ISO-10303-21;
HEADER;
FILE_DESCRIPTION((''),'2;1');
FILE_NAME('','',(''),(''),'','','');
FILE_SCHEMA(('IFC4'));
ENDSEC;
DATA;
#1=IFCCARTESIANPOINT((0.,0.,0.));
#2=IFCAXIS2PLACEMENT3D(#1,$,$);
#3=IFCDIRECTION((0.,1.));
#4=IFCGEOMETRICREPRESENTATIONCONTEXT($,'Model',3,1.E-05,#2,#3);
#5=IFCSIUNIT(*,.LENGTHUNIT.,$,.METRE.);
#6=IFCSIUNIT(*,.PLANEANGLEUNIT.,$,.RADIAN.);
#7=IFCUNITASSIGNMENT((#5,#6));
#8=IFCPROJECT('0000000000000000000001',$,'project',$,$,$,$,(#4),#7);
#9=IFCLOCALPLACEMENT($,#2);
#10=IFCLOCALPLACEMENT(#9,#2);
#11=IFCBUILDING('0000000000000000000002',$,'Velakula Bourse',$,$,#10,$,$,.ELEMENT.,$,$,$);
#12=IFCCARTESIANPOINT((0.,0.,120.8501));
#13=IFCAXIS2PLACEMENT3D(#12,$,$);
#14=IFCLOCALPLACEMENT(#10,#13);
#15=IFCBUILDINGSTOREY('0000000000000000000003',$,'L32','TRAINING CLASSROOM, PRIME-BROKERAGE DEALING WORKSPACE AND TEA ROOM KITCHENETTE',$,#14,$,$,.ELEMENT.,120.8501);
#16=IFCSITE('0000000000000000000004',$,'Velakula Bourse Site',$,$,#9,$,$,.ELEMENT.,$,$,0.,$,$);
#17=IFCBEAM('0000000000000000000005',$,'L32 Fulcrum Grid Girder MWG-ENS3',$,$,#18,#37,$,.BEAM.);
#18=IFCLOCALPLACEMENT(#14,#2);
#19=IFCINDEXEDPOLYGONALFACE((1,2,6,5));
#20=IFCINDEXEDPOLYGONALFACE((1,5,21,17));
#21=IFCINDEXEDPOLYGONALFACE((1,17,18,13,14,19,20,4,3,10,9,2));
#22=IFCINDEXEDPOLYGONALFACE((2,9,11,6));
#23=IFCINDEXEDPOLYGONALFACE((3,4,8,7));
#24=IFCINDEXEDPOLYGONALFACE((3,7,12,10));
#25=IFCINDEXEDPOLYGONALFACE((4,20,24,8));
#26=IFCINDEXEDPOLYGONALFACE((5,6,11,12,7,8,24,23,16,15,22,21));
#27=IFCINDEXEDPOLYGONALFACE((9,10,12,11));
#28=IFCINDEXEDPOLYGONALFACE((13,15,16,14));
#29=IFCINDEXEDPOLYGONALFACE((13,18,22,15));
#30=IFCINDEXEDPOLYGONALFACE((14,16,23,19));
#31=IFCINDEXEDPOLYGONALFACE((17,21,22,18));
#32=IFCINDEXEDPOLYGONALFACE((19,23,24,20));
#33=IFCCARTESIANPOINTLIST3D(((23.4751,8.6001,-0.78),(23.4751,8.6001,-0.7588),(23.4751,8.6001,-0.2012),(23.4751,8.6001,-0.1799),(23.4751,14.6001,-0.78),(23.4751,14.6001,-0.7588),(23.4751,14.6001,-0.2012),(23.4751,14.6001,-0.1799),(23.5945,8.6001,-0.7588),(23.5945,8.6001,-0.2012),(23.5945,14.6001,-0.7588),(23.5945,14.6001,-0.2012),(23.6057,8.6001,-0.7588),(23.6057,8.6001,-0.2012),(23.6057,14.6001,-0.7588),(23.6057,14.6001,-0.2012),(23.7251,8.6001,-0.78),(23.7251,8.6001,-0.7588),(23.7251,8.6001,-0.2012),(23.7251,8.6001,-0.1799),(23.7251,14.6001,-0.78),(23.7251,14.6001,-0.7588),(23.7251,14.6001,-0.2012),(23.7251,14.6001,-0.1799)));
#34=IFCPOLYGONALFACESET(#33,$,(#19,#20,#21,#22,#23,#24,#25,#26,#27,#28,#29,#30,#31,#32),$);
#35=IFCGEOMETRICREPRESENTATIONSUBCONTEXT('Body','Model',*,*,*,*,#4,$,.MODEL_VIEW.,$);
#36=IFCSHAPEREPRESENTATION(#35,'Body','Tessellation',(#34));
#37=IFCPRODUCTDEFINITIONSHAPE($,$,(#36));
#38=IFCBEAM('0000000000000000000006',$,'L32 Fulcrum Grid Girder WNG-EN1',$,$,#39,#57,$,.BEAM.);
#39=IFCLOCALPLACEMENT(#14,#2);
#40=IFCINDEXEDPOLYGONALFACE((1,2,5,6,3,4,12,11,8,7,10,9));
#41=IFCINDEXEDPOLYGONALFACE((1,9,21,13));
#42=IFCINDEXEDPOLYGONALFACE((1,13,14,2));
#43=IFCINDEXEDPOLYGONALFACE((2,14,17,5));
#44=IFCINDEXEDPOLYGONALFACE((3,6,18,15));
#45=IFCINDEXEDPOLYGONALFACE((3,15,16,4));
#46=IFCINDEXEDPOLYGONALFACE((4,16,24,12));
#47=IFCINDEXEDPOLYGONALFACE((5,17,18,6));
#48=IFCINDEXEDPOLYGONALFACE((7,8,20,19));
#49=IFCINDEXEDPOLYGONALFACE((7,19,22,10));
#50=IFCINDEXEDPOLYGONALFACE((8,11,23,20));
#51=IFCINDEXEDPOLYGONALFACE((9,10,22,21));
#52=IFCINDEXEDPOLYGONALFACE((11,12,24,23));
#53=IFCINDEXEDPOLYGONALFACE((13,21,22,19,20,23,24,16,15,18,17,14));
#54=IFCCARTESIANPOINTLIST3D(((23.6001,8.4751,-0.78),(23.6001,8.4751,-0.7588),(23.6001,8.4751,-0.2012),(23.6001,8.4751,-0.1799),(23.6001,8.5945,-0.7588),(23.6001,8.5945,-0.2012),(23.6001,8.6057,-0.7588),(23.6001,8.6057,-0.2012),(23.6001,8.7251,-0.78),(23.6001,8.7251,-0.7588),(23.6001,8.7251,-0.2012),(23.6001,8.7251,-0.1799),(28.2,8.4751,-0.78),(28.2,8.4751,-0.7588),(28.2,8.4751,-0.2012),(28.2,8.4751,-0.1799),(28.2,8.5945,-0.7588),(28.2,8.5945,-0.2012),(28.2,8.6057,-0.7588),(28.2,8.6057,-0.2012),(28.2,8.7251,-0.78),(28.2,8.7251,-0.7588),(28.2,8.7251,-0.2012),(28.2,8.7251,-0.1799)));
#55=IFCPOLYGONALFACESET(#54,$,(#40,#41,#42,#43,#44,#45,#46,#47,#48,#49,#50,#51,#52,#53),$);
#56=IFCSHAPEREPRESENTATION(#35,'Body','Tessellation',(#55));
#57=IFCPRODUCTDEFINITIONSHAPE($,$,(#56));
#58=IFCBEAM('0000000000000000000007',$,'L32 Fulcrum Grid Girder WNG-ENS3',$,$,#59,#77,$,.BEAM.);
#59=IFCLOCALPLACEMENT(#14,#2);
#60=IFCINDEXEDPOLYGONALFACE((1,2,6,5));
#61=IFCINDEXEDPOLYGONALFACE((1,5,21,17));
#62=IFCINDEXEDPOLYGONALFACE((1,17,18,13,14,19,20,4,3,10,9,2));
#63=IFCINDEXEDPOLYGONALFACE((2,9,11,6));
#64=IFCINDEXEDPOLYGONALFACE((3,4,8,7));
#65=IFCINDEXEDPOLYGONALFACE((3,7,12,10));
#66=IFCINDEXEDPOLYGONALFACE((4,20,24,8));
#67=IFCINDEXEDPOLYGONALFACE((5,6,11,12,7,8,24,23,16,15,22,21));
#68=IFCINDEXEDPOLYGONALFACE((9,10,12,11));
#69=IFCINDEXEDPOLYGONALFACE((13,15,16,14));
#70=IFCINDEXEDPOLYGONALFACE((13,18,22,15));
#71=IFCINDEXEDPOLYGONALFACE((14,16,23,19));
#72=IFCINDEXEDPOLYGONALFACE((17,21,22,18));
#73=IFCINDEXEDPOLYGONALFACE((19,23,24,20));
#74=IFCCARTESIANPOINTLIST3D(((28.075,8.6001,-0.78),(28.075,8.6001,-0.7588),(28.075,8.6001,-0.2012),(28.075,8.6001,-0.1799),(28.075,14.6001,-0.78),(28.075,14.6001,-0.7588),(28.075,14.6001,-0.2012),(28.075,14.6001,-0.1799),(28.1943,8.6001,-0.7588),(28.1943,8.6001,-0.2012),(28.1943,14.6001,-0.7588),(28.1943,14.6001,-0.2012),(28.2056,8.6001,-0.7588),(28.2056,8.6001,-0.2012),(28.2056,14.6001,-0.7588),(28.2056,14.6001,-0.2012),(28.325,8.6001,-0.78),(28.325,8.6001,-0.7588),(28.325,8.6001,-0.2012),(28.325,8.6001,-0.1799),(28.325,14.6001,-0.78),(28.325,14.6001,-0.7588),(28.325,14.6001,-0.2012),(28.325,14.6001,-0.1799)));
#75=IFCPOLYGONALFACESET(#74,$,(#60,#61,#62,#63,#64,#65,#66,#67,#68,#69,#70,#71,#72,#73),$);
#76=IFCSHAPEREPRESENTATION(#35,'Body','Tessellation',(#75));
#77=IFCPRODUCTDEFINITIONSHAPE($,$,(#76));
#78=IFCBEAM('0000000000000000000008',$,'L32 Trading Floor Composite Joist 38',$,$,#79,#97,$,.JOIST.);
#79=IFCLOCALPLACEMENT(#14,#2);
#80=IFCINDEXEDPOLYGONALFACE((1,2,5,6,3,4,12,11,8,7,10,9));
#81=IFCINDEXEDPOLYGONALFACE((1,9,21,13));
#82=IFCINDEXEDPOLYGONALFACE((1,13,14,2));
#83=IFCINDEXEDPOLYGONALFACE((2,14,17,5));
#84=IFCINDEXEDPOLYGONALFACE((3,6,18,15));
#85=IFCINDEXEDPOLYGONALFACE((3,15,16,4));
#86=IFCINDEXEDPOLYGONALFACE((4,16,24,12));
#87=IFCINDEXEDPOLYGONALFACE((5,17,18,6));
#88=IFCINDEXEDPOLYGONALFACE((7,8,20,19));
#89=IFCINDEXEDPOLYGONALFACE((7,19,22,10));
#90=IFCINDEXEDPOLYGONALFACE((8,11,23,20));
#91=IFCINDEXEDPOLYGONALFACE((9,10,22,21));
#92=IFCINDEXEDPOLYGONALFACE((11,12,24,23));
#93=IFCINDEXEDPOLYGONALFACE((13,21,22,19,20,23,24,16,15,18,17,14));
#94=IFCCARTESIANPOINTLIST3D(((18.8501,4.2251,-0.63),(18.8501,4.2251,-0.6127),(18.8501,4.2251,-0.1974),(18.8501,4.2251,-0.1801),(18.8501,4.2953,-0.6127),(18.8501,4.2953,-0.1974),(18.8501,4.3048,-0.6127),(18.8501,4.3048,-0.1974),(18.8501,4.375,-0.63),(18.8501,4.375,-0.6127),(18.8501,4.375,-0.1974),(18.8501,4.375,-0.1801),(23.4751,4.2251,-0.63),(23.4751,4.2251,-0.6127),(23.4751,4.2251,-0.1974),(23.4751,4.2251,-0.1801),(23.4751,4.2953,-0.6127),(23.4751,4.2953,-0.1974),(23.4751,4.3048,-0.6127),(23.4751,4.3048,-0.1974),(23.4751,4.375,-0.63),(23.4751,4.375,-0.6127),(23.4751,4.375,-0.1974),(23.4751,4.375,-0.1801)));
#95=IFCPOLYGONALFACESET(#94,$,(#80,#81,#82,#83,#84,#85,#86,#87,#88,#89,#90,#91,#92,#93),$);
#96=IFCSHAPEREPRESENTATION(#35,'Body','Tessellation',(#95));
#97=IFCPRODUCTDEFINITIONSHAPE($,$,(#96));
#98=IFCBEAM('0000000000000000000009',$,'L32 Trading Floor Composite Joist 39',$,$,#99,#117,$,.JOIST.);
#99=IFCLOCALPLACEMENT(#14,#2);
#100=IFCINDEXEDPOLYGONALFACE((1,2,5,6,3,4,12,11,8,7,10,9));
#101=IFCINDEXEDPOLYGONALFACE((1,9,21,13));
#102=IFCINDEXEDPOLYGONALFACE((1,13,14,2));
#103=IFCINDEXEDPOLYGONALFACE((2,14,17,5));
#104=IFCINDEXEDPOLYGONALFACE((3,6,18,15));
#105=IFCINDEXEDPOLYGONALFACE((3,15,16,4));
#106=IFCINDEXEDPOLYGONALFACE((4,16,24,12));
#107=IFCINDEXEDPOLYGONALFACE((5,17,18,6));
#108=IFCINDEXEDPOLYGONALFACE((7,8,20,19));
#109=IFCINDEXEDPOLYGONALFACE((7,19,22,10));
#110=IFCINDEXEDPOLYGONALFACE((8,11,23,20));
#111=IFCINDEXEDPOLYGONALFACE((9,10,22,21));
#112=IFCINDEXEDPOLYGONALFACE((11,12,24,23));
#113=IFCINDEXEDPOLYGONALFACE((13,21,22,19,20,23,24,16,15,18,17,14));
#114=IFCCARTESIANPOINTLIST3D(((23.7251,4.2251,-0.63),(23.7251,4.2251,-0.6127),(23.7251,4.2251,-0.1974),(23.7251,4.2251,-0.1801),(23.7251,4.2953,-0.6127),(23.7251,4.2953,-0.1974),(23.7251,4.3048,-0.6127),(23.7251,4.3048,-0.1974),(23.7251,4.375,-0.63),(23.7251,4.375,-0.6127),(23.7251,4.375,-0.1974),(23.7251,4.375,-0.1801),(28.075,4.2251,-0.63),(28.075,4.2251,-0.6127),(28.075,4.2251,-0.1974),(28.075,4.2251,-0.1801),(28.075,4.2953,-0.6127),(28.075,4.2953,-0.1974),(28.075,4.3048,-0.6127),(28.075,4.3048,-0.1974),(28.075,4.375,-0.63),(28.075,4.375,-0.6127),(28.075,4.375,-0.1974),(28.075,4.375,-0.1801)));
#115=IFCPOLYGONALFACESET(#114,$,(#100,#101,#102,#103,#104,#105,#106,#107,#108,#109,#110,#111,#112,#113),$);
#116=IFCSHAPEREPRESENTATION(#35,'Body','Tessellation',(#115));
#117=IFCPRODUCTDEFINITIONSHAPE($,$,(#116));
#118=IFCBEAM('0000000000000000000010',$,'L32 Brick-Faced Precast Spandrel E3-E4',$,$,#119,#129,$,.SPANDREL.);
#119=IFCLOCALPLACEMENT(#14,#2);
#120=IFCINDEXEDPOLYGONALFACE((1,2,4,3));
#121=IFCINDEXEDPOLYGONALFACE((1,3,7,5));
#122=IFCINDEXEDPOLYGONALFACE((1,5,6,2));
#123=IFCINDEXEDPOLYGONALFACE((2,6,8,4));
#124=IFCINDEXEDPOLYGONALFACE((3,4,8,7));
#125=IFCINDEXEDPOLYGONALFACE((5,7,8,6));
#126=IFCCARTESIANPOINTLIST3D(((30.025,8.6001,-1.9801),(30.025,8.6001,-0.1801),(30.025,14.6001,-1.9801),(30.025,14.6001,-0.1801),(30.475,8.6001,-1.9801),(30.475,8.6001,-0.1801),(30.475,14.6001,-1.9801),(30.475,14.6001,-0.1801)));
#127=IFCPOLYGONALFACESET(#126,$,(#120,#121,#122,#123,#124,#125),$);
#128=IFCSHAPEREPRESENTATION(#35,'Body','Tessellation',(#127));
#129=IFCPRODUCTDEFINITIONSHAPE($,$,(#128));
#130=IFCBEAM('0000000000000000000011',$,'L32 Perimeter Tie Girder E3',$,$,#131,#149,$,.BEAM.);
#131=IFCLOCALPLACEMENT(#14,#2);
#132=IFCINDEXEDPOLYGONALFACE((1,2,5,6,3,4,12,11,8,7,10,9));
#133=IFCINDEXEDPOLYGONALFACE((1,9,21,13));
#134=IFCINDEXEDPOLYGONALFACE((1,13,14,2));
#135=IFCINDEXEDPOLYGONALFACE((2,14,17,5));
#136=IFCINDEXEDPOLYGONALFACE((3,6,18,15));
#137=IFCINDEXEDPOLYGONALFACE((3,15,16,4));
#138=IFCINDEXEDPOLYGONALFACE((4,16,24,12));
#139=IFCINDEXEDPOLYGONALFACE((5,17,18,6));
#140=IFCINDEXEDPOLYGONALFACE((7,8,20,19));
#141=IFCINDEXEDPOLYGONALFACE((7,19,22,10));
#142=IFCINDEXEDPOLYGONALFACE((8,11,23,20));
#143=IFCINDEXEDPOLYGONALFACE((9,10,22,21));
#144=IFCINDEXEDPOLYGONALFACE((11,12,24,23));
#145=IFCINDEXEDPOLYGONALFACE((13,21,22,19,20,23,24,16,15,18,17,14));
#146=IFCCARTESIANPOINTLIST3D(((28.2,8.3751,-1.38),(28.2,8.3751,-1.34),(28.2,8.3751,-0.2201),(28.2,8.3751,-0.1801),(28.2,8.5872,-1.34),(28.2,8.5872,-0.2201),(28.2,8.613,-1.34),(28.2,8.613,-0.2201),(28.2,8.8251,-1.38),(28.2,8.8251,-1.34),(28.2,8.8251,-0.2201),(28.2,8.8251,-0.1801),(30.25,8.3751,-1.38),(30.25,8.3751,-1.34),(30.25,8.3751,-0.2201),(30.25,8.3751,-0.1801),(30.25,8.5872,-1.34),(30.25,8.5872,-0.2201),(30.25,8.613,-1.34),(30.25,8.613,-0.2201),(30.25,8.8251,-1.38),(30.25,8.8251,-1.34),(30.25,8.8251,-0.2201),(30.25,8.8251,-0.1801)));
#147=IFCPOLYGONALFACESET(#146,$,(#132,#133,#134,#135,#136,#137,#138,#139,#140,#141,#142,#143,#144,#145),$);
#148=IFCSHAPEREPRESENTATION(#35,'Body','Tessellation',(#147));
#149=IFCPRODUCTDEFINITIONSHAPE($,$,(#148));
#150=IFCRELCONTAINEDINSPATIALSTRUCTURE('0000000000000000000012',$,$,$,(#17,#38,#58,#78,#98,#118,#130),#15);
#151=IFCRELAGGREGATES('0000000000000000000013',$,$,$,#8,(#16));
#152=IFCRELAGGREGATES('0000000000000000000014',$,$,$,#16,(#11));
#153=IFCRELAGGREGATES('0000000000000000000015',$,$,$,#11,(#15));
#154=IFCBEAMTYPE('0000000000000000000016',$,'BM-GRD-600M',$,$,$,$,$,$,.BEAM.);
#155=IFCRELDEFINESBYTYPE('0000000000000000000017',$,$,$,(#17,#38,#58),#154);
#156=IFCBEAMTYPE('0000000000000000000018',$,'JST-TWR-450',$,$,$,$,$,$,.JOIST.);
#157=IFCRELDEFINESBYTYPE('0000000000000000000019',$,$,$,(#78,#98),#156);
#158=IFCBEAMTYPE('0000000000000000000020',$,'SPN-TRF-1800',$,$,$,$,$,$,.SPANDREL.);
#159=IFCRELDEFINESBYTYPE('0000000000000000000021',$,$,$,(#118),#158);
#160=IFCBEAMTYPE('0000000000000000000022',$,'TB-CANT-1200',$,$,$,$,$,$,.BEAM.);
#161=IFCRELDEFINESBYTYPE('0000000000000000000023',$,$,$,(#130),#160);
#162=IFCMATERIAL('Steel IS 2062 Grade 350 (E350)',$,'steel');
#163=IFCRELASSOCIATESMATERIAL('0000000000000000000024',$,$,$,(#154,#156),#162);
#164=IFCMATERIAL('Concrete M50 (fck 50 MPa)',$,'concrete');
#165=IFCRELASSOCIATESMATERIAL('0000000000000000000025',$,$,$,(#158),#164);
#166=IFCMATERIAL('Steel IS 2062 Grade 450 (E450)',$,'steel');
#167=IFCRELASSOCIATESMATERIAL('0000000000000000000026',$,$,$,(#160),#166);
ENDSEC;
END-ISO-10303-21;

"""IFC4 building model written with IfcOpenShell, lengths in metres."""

from ifc_helpers import new_model, si_unit, direction, frame, origin, origin_2d, place, context, subcontext, project, spatial, rectangle, i_section, extrude, material, material_profile, profile_set, type_object, element, save


model = new_model("IFC4")

# Units and contexts
model_context = context("Model", 3, precision=1e-05, world=origin(), true_north=direction((0.0, 1.0)))
body_context = subcontext(model_context, "Body", "Model", "MODEL_VIEW")
ifc_project = project(units=[si_unit("LENGTHUNIT", "METRE"), si_unit("PLANEANGLEUNIT", "RADIAN")], contexts=[model_context])

# Site, building, storey
site_placement = place(None, origin())
site = spatial("IfcSite", under=ifc_project, at=site_placement, Name="Velakula Bourse Site", CompositionType="ELEMENT", RefElevation=0.0)
building_placement = place(site_placement, origin())
building = spatial("IfcBuilding", under=site, at=building_placement, Name="Velakula Bourse", CompositionType="ELEMENT")
storey_placement = place(building_placement, frame((0.0, 0.0, 120.8501)))
storey = spatial("IfcBuildingStorey", under=building, at=storey_placement, Name="L32", Description="TRAINING CLASSROOM, PRIME-BROKERAGE DEALING WORKSPACE AND TEA ROOM KITCHENETTE", CompositionType="ELEMENT", Elevation=120.8501)

# Shared definitions
ifc_material_1 = material(Name="Steel IS 2062 Grade 350 (E350)", Category="steel")

# Beams
ifc_material_profile_1 = material_profile(ifc_material_1, i_section(OverallWidth=0.25, OverallDepth=0.6001, WebThickness=0.0112, FlangeThickness=0.0212, at=origin_2d()), Name="Steel IS 2062 Grade 350 (E350)")
ifc_profile_set_1 = profile_set([ifc_material_profile_1], Name="Steel IS 2062 Grade 350 (E350)")
beam_type_1 = type_object("IfcBeamType", Name="BM-GRD-600M", PredefinedType="BEAM", material=ifc_profile_set_1)
beam_1_placement = place(storey_placement, frame((23.6001, 8.6001, -0.48), z_axis=(0.0, 1.0, 0.0), x_axis=(-1.0, 0.0, 0.0)))
element("IfcBeam", 1, at=beam_1_placement, inside=storey, type_object=beam_type_1, Name="L32 Fulcrum Grid Girder MWG-ENS3", PredefinedType="BEAM", context=body_context, shape_type="SweptSolid", body=[
    extrude(i_section(OverallWidth=0.25, OverallDepth=0.6001, WebThickness=0.0112, FlangeThickness=0.0212, at=origin_2d()), origin(), (0.0, 0.0, 1.0), 6.0),
])
beam_2_placement = place(storey_placement, frame((23.6001, 8.6001, -0.48), z_axis=(1.0, 0.0, 0.0), x_axis=(0.0, 1.0, 0.0)))
element("IfcBeam", 2, at=beam_2_placement, inside=storey, type_object=beam_type_1, Name="L32 Fulcrum Grid Girder WNG-EN1", PredefinedType="BEAM", context=body_context, shape_type="SweptSolid", body=[
    extrude(i_section(OverallWidth=0.25, OverallDepth=0.6001, WebThickness=0.0112, FlangeThickness=0.0212, at=origin_2d()), origin(), (0.0, 0.0, 1.0), 4.5999),
])
beam_3_placement = place(storey_placement, frame((28.2, 8.6001, -0.48), z_axis=(0.0, 1.0, 0.0), x_axis=(-1.0, 0.0, 0.0)))
element("IfcBeam", 3, at=beam_3_placement, inside=storey, type_object=beam_type_1, Name="L32 Fulcrum Grid Girder WNG-ENS3", PredefinedType="BEAM", context=body_context, shape_type="SweptSolid", body=[
    extrude(i_section(OverallWidth=0.25, OverallDepth=0.6001, WebThickness=0.0112, FlangeThickness=0.0212, at=origin_2d()), origin(), (0.0, 0.0, 1.0), 6.0),
])
ifc_material_profile_2 = material_profile(ifc_material_1, i_section(OverallWidth=0.1499, OverallDepth=0.45, WebThickness=0.0095, FlangeThickness=0.0173, at=origin_2d()), Name="Steel IS 2062 Grade 350 (E350)")
ifc_profile_set_2 = profile_set([ifc_material_profile_2], Name="Steel IS 2062 Grade 350 (E350)")
beam_type_2 = type_object("IfcBeamType", Name="JST-TWR-450", PredefinedType="JOIST", material=ifc_profile_set_2)
beam_4_placement = place(storey_placement, frame((18.8501, 4.3, -0.405), z_axis=(1.0, 0.0, 0.0), x_axis=(0.0, 1.0, 0.0)))
element("IfcBeam", 4, at=beam_4_placement, inside=storey, type_object=beam_type_2, Name="L32 Trading Floor Composite Joist 38", PredefinedType="JOIST", context=body_context, shape_type="SweptSolid", body=[
    extrude(i_section(OverallWidth=0.1499, OverallDepth=0.45, WebThickness=0.0095, FlangeThickness=0.0173, at=origin_2d()), origin(), (0.0, 0.0, 1.0), 4.625),
])
beam_5_placement = place(storey_placement, frame((23.7251, 4.3, -0.405), z_axis=(1.0, 0.0, 0.0), x_axis=(0.0, 1.0, 0.0)))
element("IfcBeam", 5, at=beam_5_placement, inside=storey, type_object=beam_type_2, Name="L32 Trading Floor Composite Joist 39", PredefinedType="JOIST", context=body_context, shape_type="SweptSolid", body=[
    extrude(i_section(OverallWidth=0.1499, OverallDepth=0.45, WebThickness=0.0095, FlangeThickness=0.0173, at=origin_2d()), origin(), (0.0, 0.0, 1.0), 4.3499),
])
ifc_material_2 = material(Name="Concrete M50 (fck 50 MPa)", Category="concrete")
ifc_material_profile_3 = material_profile(ifc_material_2, rectangle(XDim=0.45, YDim=1.8, at=origin_2d()), Name="Concrete M50 (fck 50 MPa)")
ifc_profile_set_3 = profile_set([ifc_material_profile_3], Name="Concrete M50 (fck 50 MPa)")
beam_type_3 = type_object("IfcBeamType", Name="SPN-TRF-1800", PredefinedType="SPANDREL", material=ifc_profile_set_3)
beam_6_placement = place(storey_placement, frame((30.25, 8.6001, -1.0801), z_axis=(0.0, 1.0, 0.0), x_axis=(-1.0, 0.0, 0.0)))
element("IfcBeam", 6, at=beam_6_placement, inside=storey, type_object=beam_type_3, Name="L32 Brick-Faced Precast Spandrel E3-E4", PredefinedType="SPANDREL", context=body_context, shape_type="SweptSolid", body=[
    extrude(rectangle(XDim=0.45, YDim=1.8, at=origin_2d()), origin(), (0.0, 0.0, 1.0), 6.0),
])
ifc_material_3 = material(Name="Steel IS 2062 Grade 450 (E450)", Category="steel")
ifc_material_profile_4 = material_profile(ifc_material_3, i_section(OverallWidth=0.45, OverallDepth=1.2, WebThickness=0.0259, FlangeThickness=0.04, at=origin_2d()), Name="Steel IS 2062 Grade 450 (E450)")
ifc_profile_set_4 = profile_set([ifc_material_profile_4], Name="Steel IS 2062 Grade 450 (E450)")
beam_type_4 = type_object("IfcBeamType", Name="TB-CANT-1200", PredefinedType="BEAM", material=ifc_profile_set_4)
beam_7_placement = place(storey_placement, frame((28.2, 8.6001, -0.78), z_axis=(1.0, 0.0, 0.0), x_axis=(0.0, 1.0, 0.0)))
element("IfcBeam", 7, at=beam_7_placement, inside=storey, type_object=beam_type_4, Name="L32 Perimeter Tie Girder E3", PredefinedType="BEAM", context=body_context, shape_type="SweptSolid", body=[
    extrude(i_section(OverallWidth=0.45, OverallDepth=1.2, WebThickness=0.0259, FlangeThickness=0.04, at=origin_2d()), origin(), (0.0, 0.0, 1.0), 2.05),
])

save(model, "model.ifc")
